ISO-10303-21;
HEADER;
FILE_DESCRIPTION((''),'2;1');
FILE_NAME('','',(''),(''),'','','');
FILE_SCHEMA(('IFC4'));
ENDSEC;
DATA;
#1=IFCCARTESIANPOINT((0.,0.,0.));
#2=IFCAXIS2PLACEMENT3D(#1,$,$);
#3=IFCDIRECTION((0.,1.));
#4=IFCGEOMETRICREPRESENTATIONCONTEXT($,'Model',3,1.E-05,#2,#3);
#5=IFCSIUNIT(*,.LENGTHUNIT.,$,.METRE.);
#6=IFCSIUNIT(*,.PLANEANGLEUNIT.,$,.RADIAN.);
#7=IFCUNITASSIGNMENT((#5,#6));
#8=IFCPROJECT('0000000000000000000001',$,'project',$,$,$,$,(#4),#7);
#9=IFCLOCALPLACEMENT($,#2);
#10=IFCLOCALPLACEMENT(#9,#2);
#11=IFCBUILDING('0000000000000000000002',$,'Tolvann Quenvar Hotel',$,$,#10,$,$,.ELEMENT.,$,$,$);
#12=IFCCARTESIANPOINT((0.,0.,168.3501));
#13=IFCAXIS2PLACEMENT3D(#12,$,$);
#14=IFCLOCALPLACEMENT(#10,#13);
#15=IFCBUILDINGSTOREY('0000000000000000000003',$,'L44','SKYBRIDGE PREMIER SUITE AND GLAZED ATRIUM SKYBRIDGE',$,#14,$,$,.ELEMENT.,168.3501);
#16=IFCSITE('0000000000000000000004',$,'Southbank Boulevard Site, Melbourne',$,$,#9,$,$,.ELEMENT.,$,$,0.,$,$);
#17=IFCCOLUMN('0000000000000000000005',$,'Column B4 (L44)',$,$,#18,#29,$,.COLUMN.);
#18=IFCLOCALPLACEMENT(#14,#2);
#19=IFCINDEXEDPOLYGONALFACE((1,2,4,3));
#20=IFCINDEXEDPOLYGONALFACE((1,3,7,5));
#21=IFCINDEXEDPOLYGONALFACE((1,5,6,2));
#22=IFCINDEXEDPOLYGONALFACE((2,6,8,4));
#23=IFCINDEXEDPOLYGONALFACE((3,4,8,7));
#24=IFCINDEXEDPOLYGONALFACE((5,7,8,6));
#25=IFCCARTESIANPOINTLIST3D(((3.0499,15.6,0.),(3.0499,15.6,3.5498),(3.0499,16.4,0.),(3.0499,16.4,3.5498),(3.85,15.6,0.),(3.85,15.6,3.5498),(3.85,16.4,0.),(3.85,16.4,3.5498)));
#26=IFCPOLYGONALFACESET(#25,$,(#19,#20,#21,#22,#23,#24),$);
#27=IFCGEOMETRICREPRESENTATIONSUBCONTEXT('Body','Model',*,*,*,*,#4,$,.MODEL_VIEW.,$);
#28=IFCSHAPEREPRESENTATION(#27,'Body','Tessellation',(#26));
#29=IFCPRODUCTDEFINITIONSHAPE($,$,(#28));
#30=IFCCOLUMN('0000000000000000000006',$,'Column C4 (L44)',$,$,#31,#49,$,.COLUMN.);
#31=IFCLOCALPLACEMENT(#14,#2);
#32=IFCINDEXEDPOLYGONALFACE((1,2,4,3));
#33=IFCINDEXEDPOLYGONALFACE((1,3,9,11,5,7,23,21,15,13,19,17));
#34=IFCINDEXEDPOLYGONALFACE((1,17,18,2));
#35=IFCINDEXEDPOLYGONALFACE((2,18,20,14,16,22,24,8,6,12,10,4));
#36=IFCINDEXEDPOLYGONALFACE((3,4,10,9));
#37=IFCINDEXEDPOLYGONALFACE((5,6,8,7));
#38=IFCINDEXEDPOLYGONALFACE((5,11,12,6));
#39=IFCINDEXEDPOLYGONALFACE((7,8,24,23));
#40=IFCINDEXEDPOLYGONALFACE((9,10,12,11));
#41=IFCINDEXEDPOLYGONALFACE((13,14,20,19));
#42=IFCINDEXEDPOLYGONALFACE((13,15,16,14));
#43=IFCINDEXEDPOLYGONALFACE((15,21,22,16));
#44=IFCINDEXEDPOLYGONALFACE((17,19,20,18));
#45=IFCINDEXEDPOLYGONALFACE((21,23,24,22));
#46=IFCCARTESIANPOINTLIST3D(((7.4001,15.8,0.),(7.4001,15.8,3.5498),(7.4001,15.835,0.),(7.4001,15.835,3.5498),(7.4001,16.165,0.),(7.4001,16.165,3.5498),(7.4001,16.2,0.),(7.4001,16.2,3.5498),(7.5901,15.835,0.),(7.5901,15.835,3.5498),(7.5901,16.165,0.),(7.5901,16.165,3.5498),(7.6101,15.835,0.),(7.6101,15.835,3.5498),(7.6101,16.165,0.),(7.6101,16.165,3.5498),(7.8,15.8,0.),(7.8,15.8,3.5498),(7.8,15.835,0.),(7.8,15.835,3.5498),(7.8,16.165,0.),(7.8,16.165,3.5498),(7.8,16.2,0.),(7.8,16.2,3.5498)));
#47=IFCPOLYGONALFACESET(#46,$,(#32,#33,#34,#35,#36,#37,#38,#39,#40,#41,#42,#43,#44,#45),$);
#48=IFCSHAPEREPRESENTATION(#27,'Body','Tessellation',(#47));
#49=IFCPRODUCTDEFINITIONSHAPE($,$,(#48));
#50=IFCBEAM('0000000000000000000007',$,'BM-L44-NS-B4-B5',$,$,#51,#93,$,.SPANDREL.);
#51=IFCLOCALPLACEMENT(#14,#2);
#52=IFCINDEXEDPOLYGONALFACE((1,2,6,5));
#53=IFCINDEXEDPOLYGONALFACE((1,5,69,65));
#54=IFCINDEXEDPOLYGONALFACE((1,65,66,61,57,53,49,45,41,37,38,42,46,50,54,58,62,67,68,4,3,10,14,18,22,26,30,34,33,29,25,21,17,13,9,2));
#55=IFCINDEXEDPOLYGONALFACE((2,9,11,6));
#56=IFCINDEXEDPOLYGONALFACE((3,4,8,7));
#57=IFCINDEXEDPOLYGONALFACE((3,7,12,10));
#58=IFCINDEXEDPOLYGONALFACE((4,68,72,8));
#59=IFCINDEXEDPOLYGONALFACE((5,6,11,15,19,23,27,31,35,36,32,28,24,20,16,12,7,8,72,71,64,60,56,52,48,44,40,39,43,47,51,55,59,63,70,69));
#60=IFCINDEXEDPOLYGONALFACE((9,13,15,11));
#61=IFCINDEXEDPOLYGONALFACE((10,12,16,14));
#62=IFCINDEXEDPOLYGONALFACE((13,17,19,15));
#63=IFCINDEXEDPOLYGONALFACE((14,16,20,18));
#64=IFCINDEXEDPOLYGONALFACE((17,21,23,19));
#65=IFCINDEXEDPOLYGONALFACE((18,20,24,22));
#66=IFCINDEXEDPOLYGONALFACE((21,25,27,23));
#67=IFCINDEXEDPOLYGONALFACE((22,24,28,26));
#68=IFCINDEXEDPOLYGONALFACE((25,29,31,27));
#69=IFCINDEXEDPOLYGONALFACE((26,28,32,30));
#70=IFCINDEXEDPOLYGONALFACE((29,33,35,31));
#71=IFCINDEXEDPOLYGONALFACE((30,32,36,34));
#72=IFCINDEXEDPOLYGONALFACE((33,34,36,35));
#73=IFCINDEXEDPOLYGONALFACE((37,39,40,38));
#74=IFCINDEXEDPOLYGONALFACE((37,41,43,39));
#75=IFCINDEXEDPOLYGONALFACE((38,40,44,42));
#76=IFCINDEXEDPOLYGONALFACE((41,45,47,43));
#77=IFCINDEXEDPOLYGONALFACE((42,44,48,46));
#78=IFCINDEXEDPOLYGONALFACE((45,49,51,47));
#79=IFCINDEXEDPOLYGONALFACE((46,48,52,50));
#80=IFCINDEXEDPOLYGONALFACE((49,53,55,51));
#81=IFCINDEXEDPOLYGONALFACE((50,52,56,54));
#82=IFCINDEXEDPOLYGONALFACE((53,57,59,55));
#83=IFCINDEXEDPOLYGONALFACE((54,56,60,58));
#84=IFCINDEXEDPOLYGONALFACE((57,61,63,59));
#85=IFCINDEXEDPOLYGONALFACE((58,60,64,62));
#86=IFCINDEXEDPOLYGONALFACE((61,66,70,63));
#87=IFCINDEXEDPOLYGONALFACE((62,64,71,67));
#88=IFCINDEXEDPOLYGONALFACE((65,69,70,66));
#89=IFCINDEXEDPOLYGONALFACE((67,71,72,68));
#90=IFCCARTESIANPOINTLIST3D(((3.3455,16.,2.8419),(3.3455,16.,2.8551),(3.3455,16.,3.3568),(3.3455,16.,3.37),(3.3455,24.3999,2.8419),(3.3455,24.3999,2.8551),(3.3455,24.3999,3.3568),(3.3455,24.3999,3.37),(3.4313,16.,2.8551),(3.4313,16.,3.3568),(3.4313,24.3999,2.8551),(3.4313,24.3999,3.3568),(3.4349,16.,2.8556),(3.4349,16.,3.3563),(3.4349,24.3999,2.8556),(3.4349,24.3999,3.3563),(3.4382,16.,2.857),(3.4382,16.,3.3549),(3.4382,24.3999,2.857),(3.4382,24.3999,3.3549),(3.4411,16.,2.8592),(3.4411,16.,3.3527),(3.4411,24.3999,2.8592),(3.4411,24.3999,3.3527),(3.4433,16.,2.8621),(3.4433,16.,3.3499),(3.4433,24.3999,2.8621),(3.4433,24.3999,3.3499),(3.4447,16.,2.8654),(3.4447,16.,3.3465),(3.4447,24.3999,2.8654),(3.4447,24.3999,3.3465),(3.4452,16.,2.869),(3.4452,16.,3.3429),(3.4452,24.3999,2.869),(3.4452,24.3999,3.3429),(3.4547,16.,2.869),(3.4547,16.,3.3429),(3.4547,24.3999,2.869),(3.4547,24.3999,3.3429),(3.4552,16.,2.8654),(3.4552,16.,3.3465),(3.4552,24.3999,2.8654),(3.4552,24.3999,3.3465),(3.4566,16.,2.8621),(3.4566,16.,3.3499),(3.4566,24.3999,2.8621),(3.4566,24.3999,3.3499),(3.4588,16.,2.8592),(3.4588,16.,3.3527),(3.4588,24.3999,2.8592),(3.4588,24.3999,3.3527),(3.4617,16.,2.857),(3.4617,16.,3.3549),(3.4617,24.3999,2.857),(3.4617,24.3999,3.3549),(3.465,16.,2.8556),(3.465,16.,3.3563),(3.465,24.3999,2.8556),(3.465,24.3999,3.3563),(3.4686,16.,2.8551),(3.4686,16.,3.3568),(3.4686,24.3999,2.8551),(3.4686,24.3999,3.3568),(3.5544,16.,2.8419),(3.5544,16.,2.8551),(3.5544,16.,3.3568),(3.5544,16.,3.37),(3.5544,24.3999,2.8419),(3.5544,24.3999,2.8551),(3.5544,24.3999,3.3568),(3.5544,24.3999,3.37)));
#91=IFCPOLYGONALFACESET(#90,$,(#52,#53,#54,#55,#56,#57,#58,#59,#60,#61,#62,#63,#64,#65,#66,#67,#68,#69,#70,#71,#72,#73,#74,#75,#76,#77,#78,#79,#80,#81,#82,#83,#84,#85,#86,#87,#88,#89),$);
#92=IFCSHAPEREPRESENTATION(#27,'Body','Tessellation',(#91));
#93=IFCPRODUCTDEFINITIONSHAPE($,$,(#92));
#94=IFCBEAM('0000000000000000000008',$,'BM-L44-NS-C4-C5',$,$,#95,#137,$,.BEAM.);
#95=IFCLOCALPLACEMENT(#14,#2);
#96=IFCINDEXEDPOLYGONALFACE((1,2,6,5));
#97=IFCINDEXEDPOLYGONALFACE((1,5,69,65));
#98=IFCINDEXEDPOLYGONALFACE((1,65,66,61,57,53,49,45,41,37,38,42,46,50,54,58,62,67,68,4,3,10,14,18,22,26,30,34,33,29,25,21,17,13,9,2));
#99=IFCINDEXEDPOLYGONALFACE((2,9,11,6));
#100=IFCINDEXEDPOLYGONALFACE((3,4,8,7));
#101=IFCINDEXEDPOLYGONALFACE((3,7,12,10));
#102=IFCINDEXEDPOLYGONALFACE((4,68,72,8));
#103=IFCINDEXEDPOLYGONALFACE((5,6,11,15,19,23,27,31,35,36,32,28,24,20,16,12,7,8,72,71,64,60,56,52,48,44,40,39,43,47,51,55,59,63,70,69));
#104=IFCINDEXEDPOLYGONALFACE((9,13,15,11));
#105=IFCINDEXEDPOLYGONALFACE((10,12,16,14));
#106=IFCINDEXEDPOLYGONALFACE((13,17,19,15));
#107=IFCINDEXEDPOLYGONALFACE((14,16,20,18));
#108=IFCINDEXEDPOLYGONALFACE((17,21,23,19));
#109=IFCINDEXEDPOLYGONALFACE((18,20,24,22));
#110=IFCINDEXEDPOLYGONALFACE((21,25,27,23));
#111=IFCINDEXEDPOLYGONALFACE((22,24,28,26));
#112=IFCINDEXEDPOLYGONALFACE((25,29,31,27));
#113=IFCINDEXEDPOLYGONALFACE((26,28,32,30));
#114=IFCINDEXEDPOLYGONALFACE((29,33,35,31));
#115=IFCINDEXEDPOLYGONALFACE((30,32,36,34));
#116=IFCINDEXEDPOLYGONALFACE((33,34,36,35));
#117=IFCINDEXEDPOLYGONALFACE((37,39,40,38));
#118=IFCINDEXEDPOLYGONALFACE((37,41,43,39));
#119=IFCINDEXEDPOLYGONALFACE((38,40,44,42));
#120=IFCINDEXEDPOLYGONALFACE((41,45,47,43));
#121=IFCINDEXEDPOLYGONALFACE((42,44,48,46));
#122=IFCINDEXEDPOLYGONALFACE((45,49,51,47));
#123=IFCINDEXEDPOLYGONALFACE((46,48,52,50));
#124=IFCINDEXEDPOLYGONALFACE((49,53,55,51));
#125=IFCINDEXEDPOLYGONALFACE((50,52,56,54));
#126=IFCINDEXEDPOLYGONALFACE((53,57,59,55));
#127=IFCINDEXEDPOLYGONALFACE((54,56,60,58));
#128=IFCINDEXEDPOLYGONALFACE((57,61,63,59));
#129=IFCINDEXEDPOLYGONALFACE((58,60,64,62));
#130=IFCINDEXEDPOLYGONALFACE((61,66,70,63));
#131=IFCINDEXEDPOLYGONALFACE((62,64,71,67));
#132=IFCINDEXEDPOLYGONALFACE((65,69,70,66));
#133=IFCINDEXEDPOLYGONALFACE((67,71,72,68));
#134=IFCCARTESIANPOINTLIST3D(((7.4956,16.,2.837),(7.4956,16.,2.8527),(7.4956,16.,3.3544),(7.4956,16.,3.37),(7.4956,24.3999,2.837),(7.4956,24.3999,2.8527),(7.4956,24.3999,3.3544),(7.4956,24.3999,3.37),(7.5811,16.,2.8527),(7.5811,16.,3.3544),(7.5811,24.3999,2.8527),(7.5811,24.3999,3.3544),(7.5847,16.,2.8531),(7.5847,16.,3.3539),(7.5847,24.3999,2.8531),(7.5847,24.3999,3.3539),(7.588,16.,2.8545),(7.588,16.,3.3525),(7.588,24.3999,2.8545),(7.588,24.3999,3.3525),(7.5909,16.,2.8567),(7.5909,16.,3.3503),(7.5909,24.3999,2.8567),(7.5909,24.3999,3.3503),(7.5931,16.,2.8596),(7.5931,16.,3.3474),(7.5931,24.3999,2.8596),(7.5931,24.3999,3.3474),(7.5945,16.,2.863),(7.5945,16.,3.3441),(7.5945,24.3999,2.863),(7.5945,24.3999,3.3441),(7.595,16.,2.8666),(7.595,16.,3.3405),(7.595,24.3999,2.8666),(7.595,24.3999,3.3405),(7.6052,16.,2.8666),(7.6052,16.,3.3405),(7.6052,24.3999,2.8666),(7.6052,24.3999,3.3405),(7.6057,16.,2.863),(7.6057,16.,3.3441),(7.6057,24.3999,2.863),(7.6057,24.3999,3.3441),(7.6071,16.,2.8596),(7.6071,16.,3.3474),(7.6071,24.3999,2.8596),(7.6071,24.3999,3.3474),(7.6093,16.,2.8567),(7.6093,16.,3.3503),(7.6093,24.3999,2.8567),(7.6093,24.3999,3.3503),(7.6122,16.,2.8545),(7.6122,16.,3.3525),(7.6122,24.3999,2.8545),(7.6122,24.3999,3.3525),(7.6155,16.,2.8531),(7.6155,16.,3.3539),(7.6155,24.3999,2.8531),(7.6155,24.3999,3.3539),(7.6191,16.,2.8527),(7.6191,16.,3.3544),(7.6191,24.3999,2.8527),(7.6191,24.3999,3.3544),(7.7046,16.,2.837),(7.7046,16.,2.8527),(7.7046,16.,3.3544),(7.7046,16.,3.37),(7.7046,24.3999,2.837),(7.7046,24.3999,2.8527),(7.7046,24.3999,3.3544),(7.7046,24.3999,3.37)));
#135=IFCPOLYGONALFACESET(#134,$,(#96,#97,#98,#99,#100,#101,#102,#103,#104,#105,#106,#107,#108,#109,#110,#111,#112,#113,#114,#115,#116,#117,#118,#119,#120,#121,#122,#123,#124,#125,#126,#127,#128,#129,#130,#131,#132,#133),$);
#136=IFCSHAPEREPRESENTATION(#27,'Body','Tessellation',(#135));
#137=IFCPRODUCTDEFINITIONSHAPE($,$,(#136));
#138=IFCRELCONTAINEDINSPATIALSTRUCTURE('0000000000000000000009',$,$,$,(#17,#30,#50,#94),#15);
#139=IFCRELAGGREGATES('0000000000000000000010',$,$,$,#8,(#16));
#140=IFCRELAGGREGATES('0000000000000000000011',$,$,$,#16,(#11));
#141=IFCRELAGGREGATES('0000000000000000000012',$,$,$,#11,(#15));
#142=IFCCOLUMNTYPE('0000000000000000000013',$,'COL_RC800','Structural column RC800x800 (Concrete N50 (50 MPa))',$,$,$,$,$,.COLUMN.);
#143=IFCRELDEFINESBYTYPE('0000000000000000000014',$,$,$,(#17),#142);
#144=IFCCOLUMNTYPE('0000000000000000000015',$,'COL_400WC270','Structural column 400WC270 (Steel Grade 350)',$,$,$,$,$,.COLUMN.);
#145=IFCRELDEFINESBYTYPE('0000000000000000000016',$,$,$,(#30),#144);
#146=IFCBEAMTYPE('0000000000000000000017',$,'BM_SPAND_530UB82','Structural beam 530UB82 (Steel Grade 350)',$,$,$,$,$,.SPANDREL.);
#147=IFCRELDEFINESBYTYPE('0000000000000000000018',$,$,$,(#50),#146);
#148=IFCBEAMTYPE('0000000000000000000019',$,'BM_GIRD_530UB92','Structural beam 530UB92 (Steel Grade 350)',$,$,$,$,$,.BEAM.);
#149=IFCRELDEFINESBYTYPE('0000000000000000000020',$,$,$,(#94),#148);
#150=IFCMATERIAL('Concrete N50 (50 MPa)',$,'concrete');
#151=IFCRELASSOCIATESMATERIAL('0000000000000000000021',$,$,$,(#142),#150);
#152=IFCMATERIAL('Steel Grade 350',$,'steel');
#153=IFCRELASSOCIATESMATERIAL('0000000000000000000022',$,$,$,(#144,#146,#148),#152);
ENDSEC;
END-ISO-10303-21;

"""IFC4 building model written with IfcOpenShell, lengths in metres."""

from ifc_helpers import new_model, si_unit, direction, frame, origin, origin_2d, place, context, subcontext, project, spatial, rectangle, i_section, extrude, source, transform, mapped, material, material_profile, profile_set, type_object, type_shapes, element, save


model = new_model("IFC4")

# Units and contexts
model_context = context("Model", 3, precision=1e-05, world=origin(), true_north=direction((0.0, 1.0)))
body_context = subcontext(model_context, "Body", "Model", "MODEL_VIEW")
ifc_project = project(units=[si_unit("LENGTHUNIT", "METRE"), si_unit("PLANEANGLEUNIT", "RADIAN")], contexts=[model_context])

# Site, building, storey
site_placement = place(None, origin())
site = spatial("IfcSite", under=ifc_project, at=site_placement, Name="Southbank Boulevard Site, Melbourne", CompositionType="ELEMENT", RefElevation=0.0)
building_placement = place(site_placement, origin())
building = spatial("IfcBuilding", under=site, at=building_placement, Name="Tolvann Quenvar Hotel", CompositionType="ELEMENT")
storey_placement = place(building_placement, frame((0.0, 0.0, 168.3501)))
storey = spatial("IfcBuildingStorey", under=building, at=storey_placement, Name="L44", Description="SKYBRIDGE PREMIER SUITE AND GLAZED ATRIUM SKYBRIDGE", CompositionType="ELEMENT", Elevation=168.3501)

# Columns
ifc_material_1 = material(Name="Concrete N50 (50 MPa)", Category="concrete")
ifc_material_profile_1 = material_profile(ifc_material_1, rectangle(XDim=0.8, YDim=0.8, at=origin_2d()), Name="RC800x800")
ifc_profile_set_1 = profile_set([ifc_material_profile_1], Name="Concrete N50 (50 MPa)")
column_type_1 = type_object("IfcColumnType", Name="COL_RC800", Description="Structural column RC800x800 (Concrete N50 (50 MPa))", PredefinedType="COLUMN", material=ifc_profile_set_1)
shared_shape_1 = source(origin(), body_context, "Body", "SweptSolid", [
    extrude(rectangle(XDim=0.8, YDim=0.8, at=origin_2d()), origin(), (0.0, 0.0, 1.0), 3.5498),
])
type_shapes(column_type_1, [shared_shape_1])
column_1_placement = place(storey_placement, frame((3.45, 16.0, 0.0), z_axis=(0.0, 0.0, 1.0), x_axis=(1.0, 0.0, 0.0)))
element("IfcColumn", 1, at=column_1_placement, inside=storey, type_object=column_type_1, Name="Column B4 (L44)", PredefinedType="COLUMN", context=body_context, shape_type="MappedRepresentation", body=[
    mapped(shared_shape_1, transform((0.0, 0.0, 0.0), x_axis=(1.0, 0.0, 0.0), y_axis=(0.0, 1.0, 0.0), z_axis=(0.0, 0.0, 1.0), scale=1.0)),
])
ifc_material_2 = material(Name="Steel Grade 350", Category="steel")
ifc_material_profile_2 = material_profile(ifc_material_2, i_section(OverallWidth=0.3999, OverallDepth=0.3999, WebThickness=0.02, FlangeThickness=0.0349, at=origin_2d()), Name="400WC270")
ifc_profile_set_2 = profile_set([ifc_material_profile_2], Name="Steel Grade 350")
column_type_2 = type_object("IfcColumnType", Name="COL_400WC270", Description="Structural column 400WC270 (Steel Grade 350)", PredefinedType="COLUMN", material=ifc_profile_set_2)
shared_shape_2 = source(origin(), body_context, "Body", "SweptSolid", [
    extrude(i_section(OverallWidth=0.3999, OverallDepth=0.3999, WebThickness=0.02, FlangeThickness=0.0349, at=origin_2d()), origin(), (0.0, 0.0, 1.0), 3.5498),
])
type_shapes(column_type_2, [shared_shape_2])
column_2_placement = place(storey_placement, frame((7.6001, 16.0, 0.0), z_axis=(0.0, 0.0, 1.0), x_axis=(1.0, 0.0, 0.0)))
element("IfcColumn", 2, at=column_2_placement, inside=storey, type_object=column_type_2, Name="Column C4 (L44)", PredefinedType="COLUMN", context=body_context, shape_type="MappedRepresentation", body=[
    mapped(shared_shape_2, transform((0.0, 0.0, 0.0), x_axis=(1.0, 0.0, 0.0), y_axis=(0.0, 1.0, 0.0), z_axis=(0.0, 0.0, 1.0), scale=1.0)),
])

# Beams
ifc_material_profile_3 = material_profile(ifc_material_2, i_section(OverallWidth=0.209, OverallDepth=0.5281, WebThickness=0.0095, FlangeThickness=0.0132, FilletRadius=0.0139, at=origin_2d()), Name="530UB82")
ifc_profile_set_3 = profile_set([ifc_material_profile_3], Name="Steel Grade 350")
beam_type_1 = type_object("IfcBeamType", Name="BM_SPAND_530UB82", Description="Structural beam 530UB82 (Steel Grade 350)", PredefinedType="SPANDREL", material=ifc_profile_set_3)
shared_shape_3 = source(origin(), body_context, "Body", "SweptSolid", [
    extrude(i_section(OverallWidth=0.209, OverallDepth=0.5281, WebThickness=0.0095, FlangeThickness=0.0132, FilletRadius=0.0139, at=origin_2d()), origin(), (0.0, 0.0, 1.0), 8.3999),
])
type_shapes(beam_type_1, [shared_shape_3])
beam_1_placement = place(storey_placement, frame((3.45, 16.0, 3.106), z_axis=(0.0, 1.0, 0.0), x_axis=(-1.0, 0.0, 0.0)))
element("IfcBeam", 3, at=beam_1_placement, inside=storey, type_object=beam_type_1, Name="BM-L44-NS-B4-B5", PredefinedType="SPANDREL", context=body_context, shape_type="MappedRepresentation", body=[
    mapped(shared_shape_3, transform((0.0, 0.0, 0.0), x_axis=(1.0, 0.0, 0.0), y_axis=(0.0, 1.0, 0.0), z_axis=(0.0, 0.0, 1.0), scale=1.0)),
])
ifc_material_profile_4 = material_profile(ifc_material_2, i_section(OverallWidth=0.209, OverallDepth=0.533, WebThickness=0.0103, FlangeThickness=0.0156, FilletRadius=0.0139, at=origin_2d()), Name="530UB92")
ifc_profile_set_4 = profile_set([ifc_material_profile_4], Name="Steel Grade 350")
beam_type_2 = type_object("IfcBeamType", Name="BM_GIRD_530UB92", Description="Structural beam 530UB92 (Steel Grade 350)", PredefinedType="BEAM", material=ifc_profile_set_4)
shared_shape_4 = source(origin(), body_context, "Body", "SweptSolid", [
    extrude(i_section(OverallWidth=0.209, OverallDepth=0.533, WebThickness=0.0103, FlangeThickness=0.0156, FilletRadius=0.0139, at=origin_2d()), origin(), (0.0, 0.0, 1.0), 8.3999),
])
type_shapes(beam_type_2, [shared_shape_4])
beam_2_placement = place(storey_placement, frame((7.6001, 16.0, 3.1035), z_axis=(0.0, 1.0, 0.0), x_axis=(-1.0, 0.0, 0.0)))
element("IfcBeam", 4, at=beam_2_placement, inside=storey, type_object=beam_type_2, Name="BM-L44-NS-C4-C5", PredefinedType="BEAM", context=body_context, shape_type="MappedRepresentation", body=[
    mapped(shared_shape_4, transform((0.0, 0.0, 0.0), x_axis=(1.0, 0.0, 0.0), y_axis=(0.0, 1.0, 0.0), z_axis=(0.0, 0.0, 1.0), scale=1.0)),
])

save(model, "model.ifc")
